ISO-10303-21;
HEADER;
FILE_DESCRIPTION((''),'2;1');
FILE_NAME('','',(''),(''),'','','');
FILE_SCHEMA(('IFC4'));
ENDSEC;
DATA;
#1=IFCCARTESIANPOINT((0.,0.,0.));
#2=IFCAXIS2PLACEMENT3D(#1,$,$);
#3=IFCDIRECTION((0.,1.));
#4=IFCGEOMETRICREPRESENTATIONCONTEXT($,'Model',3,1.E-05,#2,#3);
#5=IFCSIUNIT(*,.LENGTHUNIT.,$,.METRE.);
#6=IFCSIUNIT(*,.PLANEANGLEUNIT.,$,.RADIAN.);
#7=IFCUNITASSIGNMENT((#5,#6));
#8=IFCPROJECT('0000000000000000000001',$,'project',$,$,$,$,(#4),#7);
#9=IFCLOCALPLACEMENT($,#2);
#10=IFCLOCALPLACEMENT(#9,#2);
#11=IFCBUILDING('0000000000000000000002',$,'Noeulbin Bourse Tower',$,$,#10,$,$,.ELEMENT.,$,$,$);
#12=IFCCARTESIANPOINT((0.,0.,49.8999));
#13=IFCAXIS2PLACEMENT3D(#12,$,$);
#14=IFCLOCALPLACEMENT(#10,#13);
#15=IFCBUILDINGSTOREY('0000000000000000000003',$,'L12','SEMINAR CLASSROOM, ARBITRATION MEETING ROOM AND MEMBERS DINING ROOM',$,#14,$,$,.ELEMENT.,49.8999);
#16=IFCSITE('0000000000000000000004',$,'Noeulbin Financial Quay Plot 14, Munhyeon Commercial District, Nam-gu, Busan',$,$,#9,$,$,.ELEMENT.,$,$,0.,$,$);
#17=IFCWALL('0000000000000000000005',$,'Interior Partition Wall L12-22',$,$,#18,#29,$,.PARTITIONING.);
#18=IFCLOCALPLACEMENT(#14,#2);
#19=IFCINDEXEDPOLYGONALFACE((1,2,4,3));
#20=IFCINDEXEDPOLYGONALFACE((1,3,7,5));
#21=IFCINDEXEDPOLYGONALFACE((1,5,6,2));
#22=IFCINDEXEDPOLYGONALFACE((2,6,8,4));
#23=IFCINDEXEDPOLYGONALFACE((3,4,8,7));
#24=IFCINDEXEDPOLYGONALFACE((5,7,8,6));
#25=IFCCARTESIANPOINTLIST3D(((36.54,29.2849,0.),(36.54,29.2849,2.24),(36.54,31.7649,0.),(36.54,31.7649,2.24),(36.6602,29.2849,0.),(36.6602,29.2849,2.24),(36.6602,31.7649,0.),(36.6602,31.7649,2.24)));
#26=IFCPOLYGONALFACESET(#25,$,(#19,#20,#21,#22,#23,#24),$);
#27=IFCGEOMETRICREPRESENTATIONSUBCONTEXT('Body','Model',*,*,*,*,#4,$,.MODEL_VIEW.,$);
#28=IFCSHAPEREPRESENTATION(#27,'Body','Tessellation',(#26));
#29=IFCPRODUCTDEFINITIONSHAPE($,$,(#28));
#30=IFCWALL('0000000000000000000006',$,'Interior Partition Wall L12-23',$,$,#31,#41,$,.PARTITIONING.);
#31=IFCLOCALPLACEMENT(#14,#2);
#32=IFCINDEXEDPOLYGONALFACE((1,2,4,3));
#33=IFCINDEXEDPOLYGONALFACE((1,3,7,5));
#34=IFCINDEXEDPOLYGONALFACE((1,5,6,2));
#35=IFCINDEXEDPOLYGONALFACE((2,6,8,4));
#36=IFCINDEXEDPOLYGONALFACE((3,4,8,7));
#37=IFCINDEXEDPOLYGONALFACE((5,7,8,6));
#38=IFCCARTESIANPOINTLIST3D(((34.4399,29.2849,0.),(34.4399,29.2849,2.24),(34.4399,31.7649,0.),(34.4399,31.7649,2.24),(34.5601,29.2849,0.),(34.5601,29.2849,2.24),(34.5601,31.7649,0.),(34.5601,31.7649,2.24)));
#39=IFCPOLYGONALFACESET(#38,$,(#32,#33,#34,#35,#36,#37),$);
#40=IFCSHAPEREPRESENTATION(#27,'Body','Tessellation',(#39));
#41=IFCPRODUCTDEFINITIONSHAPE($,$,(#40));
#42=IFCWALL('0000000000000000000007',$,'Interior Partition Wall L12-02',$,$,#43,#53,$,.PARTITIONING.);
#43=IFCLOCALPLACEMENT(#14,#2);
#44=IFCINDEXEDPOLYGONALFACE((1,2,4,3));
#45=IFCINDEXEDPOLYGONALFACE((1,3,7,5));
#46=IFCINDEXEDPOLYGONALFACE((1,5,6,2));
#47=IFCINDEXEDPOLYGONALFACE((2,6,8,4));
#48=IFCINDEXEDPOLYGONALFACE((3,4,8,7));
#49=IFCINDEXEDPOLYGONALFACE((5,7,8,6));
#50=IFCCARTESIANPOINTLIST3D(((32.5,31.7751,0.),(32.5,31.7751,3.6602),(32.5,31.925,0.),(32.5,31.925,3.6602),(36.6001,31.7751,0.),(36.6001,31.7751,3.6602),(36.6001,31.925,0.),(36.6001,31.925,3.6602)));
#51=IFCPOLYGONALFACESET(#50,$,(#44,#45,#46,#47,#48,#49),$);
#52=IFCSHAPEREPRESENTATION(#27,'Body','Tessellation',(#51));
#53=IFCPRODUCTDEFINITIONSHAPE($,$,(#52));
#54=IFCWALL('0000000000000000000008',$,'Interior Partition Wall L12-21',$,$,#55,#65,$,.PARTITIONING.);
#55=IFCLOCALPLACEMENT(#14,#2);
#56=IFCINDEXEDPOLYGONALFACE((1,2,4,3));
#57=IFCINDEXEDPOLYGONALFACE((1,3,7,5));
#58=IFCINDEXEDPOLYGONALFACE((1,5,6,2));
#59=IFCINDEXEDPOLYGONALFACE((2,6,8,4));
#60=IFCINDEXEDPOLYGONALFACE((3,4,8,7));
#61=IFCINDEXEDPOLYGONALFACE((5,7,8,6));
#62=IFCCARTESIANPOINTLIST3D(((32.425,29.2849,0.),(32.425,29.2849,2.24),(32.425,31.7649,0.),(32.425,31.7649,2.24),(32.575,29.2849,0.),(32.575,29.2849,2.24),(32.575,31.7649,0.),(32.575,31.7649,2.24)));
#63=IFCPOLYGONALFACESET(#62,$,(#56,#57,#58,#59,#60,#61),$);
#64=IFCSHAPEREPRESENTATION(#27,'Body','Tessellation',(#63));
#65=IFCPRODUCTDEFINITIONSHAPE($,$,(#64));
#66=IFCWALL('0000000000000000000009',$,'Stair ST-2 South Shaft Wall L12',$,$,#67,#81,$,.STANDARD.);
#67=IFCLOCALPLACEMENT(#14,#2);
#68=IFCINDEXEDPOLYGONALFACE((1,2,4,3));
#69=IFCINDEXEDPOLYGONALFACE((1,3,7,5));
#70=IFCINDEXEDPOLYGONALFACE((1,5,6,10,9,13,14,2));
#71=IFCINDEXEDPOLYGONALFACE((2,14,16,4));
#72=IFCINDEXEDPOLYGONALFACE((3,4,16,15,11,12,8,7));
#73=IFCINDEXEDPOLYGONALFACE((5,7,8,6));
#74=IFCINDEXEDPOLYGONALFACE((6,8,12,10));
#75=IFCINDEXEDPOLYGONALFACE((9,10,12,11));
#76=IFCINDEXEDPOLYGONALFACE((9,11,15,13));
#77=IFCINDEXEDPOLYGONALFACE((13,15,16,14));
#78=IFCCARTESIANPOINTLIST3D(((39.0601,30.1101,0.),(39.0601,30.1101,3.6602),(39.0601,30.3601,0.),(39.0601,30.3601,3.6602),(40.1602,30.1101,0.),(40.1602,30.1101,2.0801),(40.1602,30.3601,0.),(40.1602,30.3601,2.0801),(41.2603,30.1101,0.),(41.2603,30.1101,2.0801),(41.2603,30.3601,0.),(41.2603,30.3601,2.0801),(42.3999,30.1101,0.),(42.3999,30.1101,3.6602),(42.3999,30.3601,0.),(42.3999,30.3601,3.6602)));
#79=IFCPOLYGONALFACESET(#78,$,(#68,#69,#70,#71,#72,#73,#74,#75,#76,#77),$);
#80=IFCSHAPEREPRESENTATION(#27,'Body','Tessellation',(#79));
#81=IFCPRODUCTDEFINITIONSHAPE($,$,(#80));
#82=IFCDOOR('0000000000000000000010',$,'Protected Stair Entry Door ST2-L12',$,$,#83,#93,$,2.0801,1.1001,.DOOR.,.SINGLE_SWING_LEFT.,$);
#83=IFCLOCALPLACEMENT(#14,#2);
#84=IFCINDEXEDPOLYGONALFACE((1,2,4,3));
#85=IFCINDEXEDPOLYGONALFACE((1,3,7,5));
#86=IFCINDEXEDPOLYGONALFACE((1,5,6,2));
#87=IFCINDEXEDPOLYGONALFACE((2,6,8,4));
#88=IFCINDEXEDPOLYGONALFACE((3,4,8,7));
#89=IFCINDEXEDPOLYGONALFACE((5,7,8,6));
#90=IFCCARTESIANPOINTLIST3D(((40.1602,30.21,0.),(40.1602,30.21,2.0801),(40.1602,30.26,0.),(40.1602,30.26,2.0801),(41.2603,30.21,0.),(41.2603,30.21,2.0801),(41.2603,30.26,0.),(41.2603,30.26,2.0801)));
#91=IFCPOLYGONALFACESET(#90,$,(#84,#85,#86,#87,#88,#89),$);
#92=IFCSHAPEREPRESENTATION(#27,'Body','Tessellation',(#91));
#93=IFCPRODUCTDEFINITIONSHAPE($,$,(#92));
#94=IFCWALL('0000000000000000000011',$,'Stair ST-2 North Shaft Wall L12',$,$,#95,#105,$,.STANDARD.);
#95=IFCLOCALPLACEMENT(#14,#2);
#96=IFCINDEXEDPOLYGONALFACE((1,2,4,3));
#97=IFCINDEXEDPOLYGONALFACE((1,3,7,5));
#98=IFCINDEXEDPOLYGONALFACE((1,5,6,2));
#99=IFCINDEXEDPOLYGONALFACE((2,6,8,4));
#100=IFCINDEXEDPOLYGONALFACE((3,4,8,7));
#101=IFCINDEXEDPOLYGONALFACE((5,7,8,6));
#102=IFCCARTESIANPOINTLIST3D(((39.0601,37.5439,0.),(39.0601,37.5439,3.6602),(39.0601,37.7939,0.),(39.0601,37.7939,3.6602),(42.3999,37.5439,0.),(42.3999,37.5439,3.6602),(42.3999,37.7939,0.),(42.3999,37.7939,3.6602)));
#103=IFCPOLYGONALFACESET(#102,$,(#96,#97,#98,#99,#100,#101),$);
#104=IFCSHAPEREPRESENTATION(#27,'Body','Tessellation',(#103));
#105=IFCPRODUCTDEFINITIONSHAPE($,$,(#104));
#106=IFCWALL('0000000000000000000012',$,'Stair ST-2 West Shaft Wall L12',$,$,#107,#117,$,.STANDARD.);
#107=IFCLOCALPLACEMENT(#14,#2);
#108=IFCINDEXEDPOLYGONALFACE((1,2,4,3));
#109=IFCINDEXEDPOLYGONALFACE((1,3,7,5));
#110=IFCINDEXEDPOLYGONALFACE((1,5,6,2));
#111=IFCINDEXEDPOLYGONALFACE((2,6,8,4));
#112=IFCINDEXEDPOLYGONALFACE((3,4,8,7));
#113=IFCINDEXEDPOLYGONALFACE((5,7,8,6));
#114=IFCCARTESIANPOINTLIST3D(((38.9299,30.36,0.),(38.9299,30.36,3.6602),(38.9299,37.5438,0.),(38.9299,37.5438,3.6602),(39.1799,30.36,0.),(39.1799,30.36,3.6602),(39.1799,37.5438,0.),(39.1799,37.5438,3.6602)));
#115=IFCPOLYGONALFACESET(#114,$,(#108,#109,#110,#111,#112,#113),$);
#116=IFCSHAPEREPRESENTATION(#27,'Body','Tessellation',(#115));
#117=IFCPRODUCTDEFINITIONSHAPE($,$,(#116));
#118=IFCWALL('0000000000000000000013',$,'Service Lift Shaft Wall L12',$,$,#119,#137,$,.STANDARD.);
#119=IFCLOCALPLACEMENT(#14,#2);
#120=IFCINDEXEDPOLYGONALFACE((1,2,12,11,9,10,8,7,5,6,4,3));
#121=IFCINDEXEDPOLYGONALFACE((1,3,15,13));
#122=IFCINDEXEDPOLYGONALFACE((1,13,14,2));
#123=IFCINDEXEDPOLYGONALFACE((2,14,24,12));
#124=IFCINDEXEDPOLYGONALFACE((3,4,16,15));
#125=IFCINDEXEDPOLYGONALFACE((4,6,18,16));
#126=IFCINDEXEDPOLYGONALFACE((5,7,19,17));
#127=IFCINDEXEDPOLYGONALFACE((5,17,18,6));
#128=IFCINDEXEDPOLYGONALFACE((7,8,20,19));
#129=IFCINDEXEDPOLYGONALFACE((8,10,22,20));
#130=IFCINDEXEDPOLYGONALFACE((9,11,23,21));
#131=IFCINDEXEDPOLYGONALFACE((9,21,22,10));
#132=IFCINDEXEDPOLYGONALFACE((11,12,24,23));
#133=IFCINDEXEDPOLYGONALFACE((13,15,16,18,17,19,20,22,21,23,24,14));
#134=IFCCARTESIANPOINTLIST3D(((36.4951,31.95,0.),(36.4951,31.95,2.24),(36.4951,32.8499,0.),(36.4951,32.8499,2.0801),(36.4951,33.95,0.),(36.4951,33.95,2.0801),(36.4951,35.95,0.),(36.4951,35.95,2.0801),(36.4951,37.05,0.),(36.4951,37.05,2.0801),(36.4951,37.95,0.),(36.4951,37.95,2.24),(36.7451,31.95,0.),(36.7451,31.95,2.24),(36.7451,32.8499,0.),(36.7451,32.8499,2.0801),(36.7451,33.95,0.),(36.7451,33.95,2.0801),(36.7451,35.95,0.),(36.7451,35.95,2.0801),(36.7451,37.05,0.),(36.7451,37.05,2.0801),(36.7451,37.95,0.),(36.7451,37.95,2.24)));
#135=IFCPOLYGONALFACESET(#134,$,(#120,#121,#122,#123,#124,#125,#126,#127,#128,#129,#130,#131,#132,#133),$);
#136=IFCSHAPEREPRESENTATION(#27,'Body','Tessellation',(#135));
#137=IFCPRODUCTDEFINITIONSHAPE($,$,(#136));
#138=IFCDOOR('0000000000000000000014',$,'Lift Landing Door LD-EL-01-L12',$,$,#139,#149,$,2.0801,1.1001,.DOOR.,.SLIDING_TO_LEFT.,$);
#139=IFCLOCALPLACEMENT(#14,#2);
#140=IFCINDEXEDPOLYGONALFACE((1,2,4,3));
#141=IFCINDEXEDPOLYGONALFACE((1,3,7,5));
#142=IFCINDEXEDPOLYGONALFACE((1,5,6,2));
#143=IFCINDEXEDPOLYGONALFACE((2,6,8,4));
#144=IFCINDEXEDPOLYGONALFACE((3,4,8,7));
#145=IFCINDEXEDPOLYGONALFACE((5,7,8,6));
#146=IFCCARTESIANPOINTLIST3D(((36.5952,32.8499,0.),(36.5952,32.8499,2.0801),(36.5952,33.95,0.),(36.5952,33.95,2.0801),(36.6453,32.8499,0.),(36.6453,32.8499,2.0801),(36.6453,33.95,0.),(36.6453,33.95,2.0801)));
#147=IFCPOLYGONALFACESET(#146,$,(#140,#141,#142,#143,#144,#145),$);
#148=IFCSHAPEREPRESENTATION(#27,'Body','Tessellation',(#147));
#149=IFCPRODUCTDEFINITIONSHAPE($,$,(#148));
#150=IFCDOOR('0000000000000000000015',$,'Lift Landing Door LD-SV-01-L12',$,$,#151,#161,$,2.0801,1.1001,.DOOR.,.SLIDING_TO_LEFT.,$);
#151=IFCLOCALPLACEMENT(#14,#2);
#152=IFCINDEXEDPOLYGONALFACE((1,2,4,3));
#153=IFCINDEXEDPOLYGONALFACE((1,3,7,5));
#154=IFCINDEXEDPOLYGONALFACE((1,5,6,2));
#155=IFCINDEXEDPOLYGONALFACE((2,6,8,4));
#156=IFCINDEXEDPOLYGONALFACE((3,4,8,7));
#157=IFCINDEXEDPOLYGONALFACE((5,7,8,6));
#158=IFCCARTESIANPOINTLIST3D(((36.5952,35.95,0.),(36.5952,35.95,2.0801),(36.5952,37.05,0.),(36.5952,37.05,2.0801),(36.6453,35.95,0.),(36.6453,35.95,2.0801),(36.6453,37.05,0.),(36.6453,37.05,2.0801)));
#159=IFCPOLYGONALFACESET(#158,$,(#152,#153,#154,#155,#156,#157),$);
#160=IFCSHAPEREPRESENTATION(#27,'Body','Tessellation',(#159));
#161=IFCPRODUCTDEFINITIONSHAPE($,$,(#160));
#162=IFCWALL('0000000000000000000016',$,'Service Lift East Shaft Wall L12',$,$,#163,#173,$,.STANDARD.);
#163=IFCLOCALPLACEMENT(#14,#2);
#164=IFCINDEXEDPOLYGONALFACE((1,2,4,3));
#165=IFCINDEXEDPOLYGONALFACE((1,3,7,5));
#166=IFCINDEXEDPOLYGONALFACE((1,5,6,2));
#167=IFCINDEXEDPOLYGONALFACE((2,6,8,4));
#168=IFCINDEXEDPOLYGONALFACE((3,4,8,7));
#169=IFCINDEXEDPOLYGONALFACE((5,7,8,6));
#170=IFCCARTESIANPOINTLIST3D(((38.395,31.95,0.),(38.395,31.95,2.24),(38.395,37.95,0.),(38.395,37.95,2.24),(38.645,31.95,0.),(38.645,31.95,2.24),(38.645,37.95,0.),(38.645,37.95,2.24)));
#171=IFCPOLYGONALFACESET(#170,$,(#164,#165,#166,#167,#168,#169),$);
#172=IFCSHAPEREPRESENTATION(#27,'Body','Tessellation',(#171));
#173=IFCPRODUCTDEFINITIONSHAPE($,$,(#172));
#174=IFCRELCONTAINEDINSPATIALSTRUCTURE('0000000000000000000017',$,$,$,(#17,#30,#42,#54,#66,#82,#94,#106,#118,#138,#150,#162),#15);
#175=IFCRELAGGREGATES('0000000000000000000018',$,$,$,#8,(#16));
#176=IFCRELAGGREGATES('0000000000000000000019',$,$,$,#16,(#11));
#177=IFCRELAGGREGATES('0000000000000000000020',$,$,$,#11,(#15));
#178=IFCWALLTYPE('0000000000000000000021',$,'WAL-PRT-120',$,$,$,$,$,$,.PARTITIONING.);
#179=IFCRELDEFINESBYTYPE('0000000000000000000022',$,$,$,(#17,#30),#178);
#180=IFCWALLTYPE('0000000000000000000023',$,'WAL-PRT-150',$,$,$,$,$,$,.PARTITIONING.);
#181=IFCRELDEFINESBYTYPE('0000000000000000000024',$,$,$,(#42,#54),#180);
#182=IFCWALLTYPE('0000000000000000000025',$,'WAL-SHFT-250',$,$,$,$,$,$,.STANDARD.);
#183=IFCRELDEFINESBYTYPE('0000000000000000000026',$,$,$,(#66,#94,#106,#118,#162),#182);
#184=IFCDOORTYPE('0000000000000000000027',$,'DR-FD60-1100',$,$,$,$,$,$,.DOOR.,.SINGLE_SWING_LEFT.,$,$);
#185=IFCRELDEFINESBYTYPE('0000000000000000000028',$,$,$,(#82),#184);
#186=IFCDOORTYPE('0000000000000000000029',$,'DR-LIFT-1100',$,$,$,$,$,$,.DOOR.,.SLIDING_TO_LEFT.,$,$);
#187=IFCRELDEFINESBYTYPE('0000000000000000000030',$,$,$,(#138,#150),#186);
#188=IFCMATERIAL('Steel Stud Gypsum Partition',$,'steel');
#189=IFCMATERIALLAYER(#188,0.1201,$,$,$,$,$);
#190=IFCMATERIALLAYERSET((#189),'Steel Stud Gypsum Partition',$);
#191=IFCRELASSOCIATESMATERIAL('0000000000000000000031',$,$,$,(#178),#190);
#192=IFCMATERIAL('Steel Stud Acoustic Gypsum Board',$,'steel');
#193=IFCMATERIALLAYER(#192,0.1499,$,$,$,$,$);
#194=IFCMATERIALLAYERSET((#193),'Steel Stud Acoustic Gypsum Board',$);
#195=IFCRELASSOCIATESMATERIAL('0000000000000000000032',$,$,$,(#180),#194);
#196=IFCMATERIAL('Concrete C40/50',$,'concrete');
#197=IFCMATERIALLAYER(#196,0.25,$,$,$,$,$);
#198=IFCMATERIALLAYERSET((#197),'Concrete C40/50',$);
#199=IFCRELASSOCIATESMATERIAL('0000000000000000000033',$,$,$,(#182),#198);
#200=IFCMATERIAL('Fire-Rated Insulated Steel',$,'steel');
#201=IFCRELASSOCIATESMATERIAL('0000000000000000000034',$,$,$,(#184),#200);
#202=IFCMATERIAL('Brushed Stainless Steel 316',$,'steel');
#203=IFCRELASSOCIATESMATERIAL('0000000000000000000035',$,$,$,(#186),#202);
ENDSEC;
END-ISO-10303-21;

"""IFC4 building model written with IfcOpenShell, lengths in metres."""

from ifc_helpers import new_model, si_unit, direction, frame, frame_2d, origin, place, context, subcontext, project, spatial, rectangle, extrude, material, layer, layer_set, type_object, element, fill, save


model = new_model("IFC4")

# Units and contexts
model_context = context("Model", 3, precision=1e-05, world=origin(), true_north=direction((0.0, 1.0)))
body_context = subcontext(model_context, "Body", "Model", "MODEL_VIEW")
ifc_project = project(units=[si_unit("LENGTHUNIT", "METRE"), si_unit("PLANEANGLEUNIT", "RADIAN")], contexts=[model_context])

# Site, building, storey
site_placement = place(None, origin())
site = spatial("IfcSite", under=ifc_project, at=site_placement, Name="Noeulbin Financial Quay Plot 14, Munhyeon Commercial District, Nam-gu, Busan", CompositionType="ELEMENT", RefElevation=0.0)
building_placement = place(site_placement, origin())
building = spatial("IfcBuilding", under=site, at=building_placement, Name="Noeulbin Bourse Tower", CompositionType="ELEMENT")
storey_placement = place(building_placement, frame((0.0, 0.0, 49.8999)))
storey = spatial("IfcBuildingStorey", under=building, at=storey_placement, Name="L12", Description="SEMINAR CLASSROOM, ARBITRATION MEETING ROOM AND MEMBERS DINING ROOM", CompositionType="ELEMENT", Elevation=49.8999)

# Walls
ifc_material_1 = material(Name="Concrete C40/50", Category="concrete")
ifc_material_2 = material(Name="Steel Stud Gypsum Partition", Category="steel")
ifc_layer_1 = layer(ifc_material_2, 0.1201)
ifc_layer_set_1 = layer_set([ifc_layer_1], Name="Steel Stud Gypsum Partition")
wall_type_1 = type_object("IfcWallType", Name="WAL-PRT-120", PredefinedType="PARTITIONING", material=ifc_layer_set_1)
for number, where, z_axis, x_axis, name in (
    (1, (36.6001, 29.2849, 0.0), (0.0, 0.0, 1.0), (0.0, 1.0, 0.0), "Interior Partition Wall L12-22"),
    (2, (34.5, 29.2849, 0.0), (0.0, 0.0, 1.0), (0.0, 1.0, 0.0), "Interior Partition Wall L12-23"),
):
    element("IfcWall", number, at=place(storey_placement, frame(where, z_axis=z_axis, x_axis=x_axis)), inside=storey, type_object=wall_type_1, Name=name, PredefinedType="PARTITIONING", context=body_context, shape_type="SweptSolid", body=[
        extrude(rectangle(XDim=2.48, YDim=0.1201, at=frame_2d((1.24, 0.0))), origin(), (0.0, 0.0, 1.0), 2.24),
    ])
ifc_material_3 = material(Name="Steel Stud Acoustic Gypsum Board", Category="steel")
ifc_layer_2 = layer(ifc_material_3, 0.1499)
ifc_layer_set_2 = layer_set([ifc_layer_2], Name="Steel Stud Acoustic Gypsum Board")
wall_type_2 = type_object("IfcWallType", Name="WAL-PRT-150", PredefinedType="PARTITIONING", material=ifc_layer_set_2)
wall_1_placement = place(storey_placement, frame((32.5, 31.8501, 0.0), z_axis=(0.0, 0.0, 1.0), x_axis=(1.0, 0.0, 0.0)))
element("IfcWall", 3, at=wall_1_placement, inside=storey, type_object=wall_type_2, Name="Interior Partition Wall L12-02", PredefinedType="PARTITIONING", context=body_context, shape_type="SweptSolid", body=[
    extrude(rectangle(XDim=4.1001, YDim=0.1499, at=frame_2d((2.05, 0.0))), origin(), (0.0, 0.0, 1.0), 3.6602),
])
wall_2_placement = place(storey_placement, frame((32.5, 29.2849, 0.0), z_axis=(0.0, 0.0, 1.0), x_axis=(0.0, 1.0, 0.0)))
element("IfcWall", 4, at=wall_2_placement, inside=storey, type_object=wall_type_2, Name="Interior Partition Wall L12-21", PredefinedType="PARTITIONING", context=body_context, shape_type="SweptSolid", body=[
    extrude(rectangle(XDim=2.48, YDim=0.1499, at=frame_2d((1.24, 0.0))), origin(), (0.0, 0.0, 1.0), 2.24),
])

# Wall, opening, door
ifc_layer_3 = layer(ifc_material_1, 0.25)
ifc_layer_set_3 = layer_set([ifc_layer_3], Name="Concrete C40/50")
wall_type_3 = type_object("IfcWallType", Name="WAL-SHFT-250", PredefinedType="STANDARD", material=ifc_layer_set_3)
wall_3_placement = place(storey_placement, frame((39.0601, 30.2351, 0.0), z_axis=(0.0, 0.0, 1.0), x_axis=(1.0, 0.0, 0.0)))
wall_3 = element("IfcWall", 5, at=wall_3_placement, inside=storey, type_object=wall_type_3, Name="Stair ST-2 South Shaft Wall L12", PredefinedType="STANDARD", context=body_context, shape_type="SweptSolid", body=[
    extrude(rectangle(XDim=3.3398, YDim=0.25, at=frame_2d((1.6699, 0.0))), origin(), (0.0, 0.0, 1.0), 3.6602),
])
opening_1_placement = place(wall_3_placement, frame((1.1001, 0.0, 0.0)))
opening_1 = element("IfcOpeningElement", 6, at=opening_1_placement, cuts=wall_3, PredefinedType="OPENING", context=body_context, shape_type="SweptSolid", body=[
    extrude(rectangle(XDim=1.1001, YDim=2.0801, at=frame_2d((0.55, 1.04))), frame((0.0, 0.135, 0.0), z_axis=(0.0, -1.0, 0.0), x_axis=(1.0, 0.0, 0.0)), (0.0, 0.0, 1.0), 0.27),
])
ifc_material_4 = material(Name="Fire-Rated Insulated Steel", Category="steel")
door_type_1 = type_object("IfcDoorType", Name="DR-FD60-1100", OperationType="SINGLE_SWING_LEFT", PredefinedType="DOOR", material=ifc_material_4)
door_1_placement = place(opening_1_placement, origin())
door_1 = element("IfcDoor", 7, at=door_1_placement, inside=storey, type_object=door_type_1, Name="Protected Stair Entry Door ST2-L12", OperationType="SINGLE_SWING_LEFT", OverallHeight=2.0801, OverallWidth=1.1001, PredefinedType="DOOR", context=body_context, shape_type="SweptSolid", body=[
    extrude(rectangle(XDim=1.1001, YDim=2.0801, at=frame_2d((0.55, 1.04))), frame((0.0, 0.0249, 0.0), z_axis=(0.0, -1.0, 0.0), x_axis=(1.0, 0.0, 0.0)), (0.0, 0.0, 1.0), 0.05),
])
fill(opening_1, door_1)

# Walls
wall_4_placement = place(storey_placement, frame((39.0601, 37.6689, 0.0), z_axis=(0.0, 0.0, 1.0), x_axis=(1.0, 0.0, 0.0)))
element("IfcWall", 8, at=wall_4_placement, inside=storey, type_object=wall_type_3, Name="Stair ST-2 North Shaft Wall L12", PredefinedType="STANDARD", context=body_context, shape_type="SweptSolid", body=[
    extrude(rectangle(XDim=3.3398, YDim=0.25, at=frame_2d((1.6699, 0.0))), origin(), (0.0, 0.0, 1.0), 3.6602),
])
wall_5_placement = place(storey_placement, frame((39.0549, 30.3601, 0.0), z_axis=(0.0, 0.0, 1.0), x_axis=(0.0, 1.0, 0.0)))
element("IfcWall", 9, at=wall_5_placement, inside=storey, type_object=wall_type_3, Name="Stair ST-2 West Shaft Wall L12", PredefinedType="STANDARD", context=body_context, shape_type="SweptSolid", body=[
    extrude(rectangle(XDim=7.1838, YDim=0.25, at=frame_2d((3.5918, 0.0))), origin(), (0.0, 0.0, 1.0), 3.6602),
])

# Wall, openings, doors
wall_6_placement = place(storey_placement, frame((36.6201, 31.95, 0.0), z_axis=(0.0, 0.0, 1.0), x_axis=(0.0, 1.0, 0.0)))
wall_6 = element("IfcWall", 10, at=wall_6_placement, inside=storey, type_object=wall_type_3, Name="Service Lift Shaft Wall L12", PredefinedType="STANDARD", context=body_context, shape_type="SweptSolid", body=[
    extrude(rectangle(XDim=6.0, YDim=0.25, at=frame_2d((3.0, 0.0))), origin(), (0.0, 0.0, 1.0), 2.24),
])
opening_2_placement = place(wall_6_placement, frame((0.8999, 0.0, 0.0)))
opening_2 = element("IfcOpeningElement", 11, at=opening_2_placement, cuts=wall_6, PredefinedType="OPENING", context=body_context, shape_type="SweptSolid", body=[
    extrude(rectangle(XDim=1.1001, YDim=2.0801, at=frame_2d((0.55, 1.04))), frame((0.0, 0.135, 0.0), z_axis=(0.0, -1.0, 0.0), x_axis=(1.0, 0.0, 0.0)), (0.0, 0.0, 1.0), 0.27),
])
opening_3_placement = place(wall_6_placement, frame((4.0, 0.0, 0.0)))
opening_3 = element("IfcOpeningElement", 12, at=opening_3_placement, cuts=wall_6, PredefinedType="OPENING", context=body_context, shape_type="SweptSolid", body=[
    extrude(rectangle(XDim=1.1001, YDim=2.0801, at=frame_2d((0.55, 1.04))), frame((0.0, 0.135, 0.0), z_axis=(0.0, -1.0, 0.0), x_axis=(1.0, 0.0, 0.0)), (0.0, 0.0, 1.0), 0.27),
])
ifc_material_5 = material(Name="Brushed Stainless Steel 316", Category="steel")
door_type_2 = type_object("IfcDoorType", Name="DR-LIFT-1100", OperationType="SLIDING_TO_LEFT", PredefinedType="DOOR", material=ifc_material_5)
door_2_placement = place(opening_2_placement, origin())
door_2 = element("IfcDoor", 13, at=door_2_placement, inside=storey, type_object=door_type_2, Name="Lift Landing Door LD-EL-01-L12", OperationType="SLIDING_TO_LEFT", OverallHeight=2.0801, OverallWidth=1.1001, PredefinedType="DOOR", context=body_context, shape_type="SweptSolid", body=[
    extrude(rectangle(XDim=1.1001, YDim=2.0801, at=frame_2d((0.55, 1.04))), frame((0.0, 0.0249, 0.0), z_axis=(0.0, -1.0, 0.0), x_axis=(1.0, 0.0, 0.0)), (0.0, 0.0, 1.0), 0.05),
])
fill(opening_2, door_2)
door_3_placement = place(opening_3_placement, origin())
door_3 = element("IfcDoor", 14, at=door_3_placement, inside=storey, type_object=door_type_2, Name="Lift Landing Door LD-SV-01-L12", OperationType="SLIDING_TO_LEFT", OverallHeight=2.0801, OverallWidth=1.1001, PredefinedType="DOOR", context=body_context, shape_type="SweptSolid", body=[
    extrude(rectangle(XDim=1.1001, YDim=2.0801, at=frame_2d((0.55, 1.04))), frame((0.0, 0.0249, 0.0), z_axis=(0.0, -1.0, 0.0), x_axis=(1.0, 0.0, 0.0)), (0.0, 0.0, 1.0), 0.05),
])
fill(opening_3, door_3)

# Wall
wall_7_placement = place(storey_placement, frame((38.52, 31.95, 0.0), z_axis=(0.0, 0.0, 1.0), x_axis=(0.0, 1.0, 0.0)))
element("IfcWall", 15, at=wall_7_placement, inside=storey, type_object=wall_type_3, Name="Service Lift East Shaft Wall L12", PredefinedType="STANDARD", context=body_context, shape_type="SweptSolid", body=[
    extrude(rectangle(XDim=6.0, YDim=0.25, at=frame_2d((3.0, 0.0))), origin(), (0.0, 0.0, 1.0), 2.24),
])

save(model, "model.ifc")
